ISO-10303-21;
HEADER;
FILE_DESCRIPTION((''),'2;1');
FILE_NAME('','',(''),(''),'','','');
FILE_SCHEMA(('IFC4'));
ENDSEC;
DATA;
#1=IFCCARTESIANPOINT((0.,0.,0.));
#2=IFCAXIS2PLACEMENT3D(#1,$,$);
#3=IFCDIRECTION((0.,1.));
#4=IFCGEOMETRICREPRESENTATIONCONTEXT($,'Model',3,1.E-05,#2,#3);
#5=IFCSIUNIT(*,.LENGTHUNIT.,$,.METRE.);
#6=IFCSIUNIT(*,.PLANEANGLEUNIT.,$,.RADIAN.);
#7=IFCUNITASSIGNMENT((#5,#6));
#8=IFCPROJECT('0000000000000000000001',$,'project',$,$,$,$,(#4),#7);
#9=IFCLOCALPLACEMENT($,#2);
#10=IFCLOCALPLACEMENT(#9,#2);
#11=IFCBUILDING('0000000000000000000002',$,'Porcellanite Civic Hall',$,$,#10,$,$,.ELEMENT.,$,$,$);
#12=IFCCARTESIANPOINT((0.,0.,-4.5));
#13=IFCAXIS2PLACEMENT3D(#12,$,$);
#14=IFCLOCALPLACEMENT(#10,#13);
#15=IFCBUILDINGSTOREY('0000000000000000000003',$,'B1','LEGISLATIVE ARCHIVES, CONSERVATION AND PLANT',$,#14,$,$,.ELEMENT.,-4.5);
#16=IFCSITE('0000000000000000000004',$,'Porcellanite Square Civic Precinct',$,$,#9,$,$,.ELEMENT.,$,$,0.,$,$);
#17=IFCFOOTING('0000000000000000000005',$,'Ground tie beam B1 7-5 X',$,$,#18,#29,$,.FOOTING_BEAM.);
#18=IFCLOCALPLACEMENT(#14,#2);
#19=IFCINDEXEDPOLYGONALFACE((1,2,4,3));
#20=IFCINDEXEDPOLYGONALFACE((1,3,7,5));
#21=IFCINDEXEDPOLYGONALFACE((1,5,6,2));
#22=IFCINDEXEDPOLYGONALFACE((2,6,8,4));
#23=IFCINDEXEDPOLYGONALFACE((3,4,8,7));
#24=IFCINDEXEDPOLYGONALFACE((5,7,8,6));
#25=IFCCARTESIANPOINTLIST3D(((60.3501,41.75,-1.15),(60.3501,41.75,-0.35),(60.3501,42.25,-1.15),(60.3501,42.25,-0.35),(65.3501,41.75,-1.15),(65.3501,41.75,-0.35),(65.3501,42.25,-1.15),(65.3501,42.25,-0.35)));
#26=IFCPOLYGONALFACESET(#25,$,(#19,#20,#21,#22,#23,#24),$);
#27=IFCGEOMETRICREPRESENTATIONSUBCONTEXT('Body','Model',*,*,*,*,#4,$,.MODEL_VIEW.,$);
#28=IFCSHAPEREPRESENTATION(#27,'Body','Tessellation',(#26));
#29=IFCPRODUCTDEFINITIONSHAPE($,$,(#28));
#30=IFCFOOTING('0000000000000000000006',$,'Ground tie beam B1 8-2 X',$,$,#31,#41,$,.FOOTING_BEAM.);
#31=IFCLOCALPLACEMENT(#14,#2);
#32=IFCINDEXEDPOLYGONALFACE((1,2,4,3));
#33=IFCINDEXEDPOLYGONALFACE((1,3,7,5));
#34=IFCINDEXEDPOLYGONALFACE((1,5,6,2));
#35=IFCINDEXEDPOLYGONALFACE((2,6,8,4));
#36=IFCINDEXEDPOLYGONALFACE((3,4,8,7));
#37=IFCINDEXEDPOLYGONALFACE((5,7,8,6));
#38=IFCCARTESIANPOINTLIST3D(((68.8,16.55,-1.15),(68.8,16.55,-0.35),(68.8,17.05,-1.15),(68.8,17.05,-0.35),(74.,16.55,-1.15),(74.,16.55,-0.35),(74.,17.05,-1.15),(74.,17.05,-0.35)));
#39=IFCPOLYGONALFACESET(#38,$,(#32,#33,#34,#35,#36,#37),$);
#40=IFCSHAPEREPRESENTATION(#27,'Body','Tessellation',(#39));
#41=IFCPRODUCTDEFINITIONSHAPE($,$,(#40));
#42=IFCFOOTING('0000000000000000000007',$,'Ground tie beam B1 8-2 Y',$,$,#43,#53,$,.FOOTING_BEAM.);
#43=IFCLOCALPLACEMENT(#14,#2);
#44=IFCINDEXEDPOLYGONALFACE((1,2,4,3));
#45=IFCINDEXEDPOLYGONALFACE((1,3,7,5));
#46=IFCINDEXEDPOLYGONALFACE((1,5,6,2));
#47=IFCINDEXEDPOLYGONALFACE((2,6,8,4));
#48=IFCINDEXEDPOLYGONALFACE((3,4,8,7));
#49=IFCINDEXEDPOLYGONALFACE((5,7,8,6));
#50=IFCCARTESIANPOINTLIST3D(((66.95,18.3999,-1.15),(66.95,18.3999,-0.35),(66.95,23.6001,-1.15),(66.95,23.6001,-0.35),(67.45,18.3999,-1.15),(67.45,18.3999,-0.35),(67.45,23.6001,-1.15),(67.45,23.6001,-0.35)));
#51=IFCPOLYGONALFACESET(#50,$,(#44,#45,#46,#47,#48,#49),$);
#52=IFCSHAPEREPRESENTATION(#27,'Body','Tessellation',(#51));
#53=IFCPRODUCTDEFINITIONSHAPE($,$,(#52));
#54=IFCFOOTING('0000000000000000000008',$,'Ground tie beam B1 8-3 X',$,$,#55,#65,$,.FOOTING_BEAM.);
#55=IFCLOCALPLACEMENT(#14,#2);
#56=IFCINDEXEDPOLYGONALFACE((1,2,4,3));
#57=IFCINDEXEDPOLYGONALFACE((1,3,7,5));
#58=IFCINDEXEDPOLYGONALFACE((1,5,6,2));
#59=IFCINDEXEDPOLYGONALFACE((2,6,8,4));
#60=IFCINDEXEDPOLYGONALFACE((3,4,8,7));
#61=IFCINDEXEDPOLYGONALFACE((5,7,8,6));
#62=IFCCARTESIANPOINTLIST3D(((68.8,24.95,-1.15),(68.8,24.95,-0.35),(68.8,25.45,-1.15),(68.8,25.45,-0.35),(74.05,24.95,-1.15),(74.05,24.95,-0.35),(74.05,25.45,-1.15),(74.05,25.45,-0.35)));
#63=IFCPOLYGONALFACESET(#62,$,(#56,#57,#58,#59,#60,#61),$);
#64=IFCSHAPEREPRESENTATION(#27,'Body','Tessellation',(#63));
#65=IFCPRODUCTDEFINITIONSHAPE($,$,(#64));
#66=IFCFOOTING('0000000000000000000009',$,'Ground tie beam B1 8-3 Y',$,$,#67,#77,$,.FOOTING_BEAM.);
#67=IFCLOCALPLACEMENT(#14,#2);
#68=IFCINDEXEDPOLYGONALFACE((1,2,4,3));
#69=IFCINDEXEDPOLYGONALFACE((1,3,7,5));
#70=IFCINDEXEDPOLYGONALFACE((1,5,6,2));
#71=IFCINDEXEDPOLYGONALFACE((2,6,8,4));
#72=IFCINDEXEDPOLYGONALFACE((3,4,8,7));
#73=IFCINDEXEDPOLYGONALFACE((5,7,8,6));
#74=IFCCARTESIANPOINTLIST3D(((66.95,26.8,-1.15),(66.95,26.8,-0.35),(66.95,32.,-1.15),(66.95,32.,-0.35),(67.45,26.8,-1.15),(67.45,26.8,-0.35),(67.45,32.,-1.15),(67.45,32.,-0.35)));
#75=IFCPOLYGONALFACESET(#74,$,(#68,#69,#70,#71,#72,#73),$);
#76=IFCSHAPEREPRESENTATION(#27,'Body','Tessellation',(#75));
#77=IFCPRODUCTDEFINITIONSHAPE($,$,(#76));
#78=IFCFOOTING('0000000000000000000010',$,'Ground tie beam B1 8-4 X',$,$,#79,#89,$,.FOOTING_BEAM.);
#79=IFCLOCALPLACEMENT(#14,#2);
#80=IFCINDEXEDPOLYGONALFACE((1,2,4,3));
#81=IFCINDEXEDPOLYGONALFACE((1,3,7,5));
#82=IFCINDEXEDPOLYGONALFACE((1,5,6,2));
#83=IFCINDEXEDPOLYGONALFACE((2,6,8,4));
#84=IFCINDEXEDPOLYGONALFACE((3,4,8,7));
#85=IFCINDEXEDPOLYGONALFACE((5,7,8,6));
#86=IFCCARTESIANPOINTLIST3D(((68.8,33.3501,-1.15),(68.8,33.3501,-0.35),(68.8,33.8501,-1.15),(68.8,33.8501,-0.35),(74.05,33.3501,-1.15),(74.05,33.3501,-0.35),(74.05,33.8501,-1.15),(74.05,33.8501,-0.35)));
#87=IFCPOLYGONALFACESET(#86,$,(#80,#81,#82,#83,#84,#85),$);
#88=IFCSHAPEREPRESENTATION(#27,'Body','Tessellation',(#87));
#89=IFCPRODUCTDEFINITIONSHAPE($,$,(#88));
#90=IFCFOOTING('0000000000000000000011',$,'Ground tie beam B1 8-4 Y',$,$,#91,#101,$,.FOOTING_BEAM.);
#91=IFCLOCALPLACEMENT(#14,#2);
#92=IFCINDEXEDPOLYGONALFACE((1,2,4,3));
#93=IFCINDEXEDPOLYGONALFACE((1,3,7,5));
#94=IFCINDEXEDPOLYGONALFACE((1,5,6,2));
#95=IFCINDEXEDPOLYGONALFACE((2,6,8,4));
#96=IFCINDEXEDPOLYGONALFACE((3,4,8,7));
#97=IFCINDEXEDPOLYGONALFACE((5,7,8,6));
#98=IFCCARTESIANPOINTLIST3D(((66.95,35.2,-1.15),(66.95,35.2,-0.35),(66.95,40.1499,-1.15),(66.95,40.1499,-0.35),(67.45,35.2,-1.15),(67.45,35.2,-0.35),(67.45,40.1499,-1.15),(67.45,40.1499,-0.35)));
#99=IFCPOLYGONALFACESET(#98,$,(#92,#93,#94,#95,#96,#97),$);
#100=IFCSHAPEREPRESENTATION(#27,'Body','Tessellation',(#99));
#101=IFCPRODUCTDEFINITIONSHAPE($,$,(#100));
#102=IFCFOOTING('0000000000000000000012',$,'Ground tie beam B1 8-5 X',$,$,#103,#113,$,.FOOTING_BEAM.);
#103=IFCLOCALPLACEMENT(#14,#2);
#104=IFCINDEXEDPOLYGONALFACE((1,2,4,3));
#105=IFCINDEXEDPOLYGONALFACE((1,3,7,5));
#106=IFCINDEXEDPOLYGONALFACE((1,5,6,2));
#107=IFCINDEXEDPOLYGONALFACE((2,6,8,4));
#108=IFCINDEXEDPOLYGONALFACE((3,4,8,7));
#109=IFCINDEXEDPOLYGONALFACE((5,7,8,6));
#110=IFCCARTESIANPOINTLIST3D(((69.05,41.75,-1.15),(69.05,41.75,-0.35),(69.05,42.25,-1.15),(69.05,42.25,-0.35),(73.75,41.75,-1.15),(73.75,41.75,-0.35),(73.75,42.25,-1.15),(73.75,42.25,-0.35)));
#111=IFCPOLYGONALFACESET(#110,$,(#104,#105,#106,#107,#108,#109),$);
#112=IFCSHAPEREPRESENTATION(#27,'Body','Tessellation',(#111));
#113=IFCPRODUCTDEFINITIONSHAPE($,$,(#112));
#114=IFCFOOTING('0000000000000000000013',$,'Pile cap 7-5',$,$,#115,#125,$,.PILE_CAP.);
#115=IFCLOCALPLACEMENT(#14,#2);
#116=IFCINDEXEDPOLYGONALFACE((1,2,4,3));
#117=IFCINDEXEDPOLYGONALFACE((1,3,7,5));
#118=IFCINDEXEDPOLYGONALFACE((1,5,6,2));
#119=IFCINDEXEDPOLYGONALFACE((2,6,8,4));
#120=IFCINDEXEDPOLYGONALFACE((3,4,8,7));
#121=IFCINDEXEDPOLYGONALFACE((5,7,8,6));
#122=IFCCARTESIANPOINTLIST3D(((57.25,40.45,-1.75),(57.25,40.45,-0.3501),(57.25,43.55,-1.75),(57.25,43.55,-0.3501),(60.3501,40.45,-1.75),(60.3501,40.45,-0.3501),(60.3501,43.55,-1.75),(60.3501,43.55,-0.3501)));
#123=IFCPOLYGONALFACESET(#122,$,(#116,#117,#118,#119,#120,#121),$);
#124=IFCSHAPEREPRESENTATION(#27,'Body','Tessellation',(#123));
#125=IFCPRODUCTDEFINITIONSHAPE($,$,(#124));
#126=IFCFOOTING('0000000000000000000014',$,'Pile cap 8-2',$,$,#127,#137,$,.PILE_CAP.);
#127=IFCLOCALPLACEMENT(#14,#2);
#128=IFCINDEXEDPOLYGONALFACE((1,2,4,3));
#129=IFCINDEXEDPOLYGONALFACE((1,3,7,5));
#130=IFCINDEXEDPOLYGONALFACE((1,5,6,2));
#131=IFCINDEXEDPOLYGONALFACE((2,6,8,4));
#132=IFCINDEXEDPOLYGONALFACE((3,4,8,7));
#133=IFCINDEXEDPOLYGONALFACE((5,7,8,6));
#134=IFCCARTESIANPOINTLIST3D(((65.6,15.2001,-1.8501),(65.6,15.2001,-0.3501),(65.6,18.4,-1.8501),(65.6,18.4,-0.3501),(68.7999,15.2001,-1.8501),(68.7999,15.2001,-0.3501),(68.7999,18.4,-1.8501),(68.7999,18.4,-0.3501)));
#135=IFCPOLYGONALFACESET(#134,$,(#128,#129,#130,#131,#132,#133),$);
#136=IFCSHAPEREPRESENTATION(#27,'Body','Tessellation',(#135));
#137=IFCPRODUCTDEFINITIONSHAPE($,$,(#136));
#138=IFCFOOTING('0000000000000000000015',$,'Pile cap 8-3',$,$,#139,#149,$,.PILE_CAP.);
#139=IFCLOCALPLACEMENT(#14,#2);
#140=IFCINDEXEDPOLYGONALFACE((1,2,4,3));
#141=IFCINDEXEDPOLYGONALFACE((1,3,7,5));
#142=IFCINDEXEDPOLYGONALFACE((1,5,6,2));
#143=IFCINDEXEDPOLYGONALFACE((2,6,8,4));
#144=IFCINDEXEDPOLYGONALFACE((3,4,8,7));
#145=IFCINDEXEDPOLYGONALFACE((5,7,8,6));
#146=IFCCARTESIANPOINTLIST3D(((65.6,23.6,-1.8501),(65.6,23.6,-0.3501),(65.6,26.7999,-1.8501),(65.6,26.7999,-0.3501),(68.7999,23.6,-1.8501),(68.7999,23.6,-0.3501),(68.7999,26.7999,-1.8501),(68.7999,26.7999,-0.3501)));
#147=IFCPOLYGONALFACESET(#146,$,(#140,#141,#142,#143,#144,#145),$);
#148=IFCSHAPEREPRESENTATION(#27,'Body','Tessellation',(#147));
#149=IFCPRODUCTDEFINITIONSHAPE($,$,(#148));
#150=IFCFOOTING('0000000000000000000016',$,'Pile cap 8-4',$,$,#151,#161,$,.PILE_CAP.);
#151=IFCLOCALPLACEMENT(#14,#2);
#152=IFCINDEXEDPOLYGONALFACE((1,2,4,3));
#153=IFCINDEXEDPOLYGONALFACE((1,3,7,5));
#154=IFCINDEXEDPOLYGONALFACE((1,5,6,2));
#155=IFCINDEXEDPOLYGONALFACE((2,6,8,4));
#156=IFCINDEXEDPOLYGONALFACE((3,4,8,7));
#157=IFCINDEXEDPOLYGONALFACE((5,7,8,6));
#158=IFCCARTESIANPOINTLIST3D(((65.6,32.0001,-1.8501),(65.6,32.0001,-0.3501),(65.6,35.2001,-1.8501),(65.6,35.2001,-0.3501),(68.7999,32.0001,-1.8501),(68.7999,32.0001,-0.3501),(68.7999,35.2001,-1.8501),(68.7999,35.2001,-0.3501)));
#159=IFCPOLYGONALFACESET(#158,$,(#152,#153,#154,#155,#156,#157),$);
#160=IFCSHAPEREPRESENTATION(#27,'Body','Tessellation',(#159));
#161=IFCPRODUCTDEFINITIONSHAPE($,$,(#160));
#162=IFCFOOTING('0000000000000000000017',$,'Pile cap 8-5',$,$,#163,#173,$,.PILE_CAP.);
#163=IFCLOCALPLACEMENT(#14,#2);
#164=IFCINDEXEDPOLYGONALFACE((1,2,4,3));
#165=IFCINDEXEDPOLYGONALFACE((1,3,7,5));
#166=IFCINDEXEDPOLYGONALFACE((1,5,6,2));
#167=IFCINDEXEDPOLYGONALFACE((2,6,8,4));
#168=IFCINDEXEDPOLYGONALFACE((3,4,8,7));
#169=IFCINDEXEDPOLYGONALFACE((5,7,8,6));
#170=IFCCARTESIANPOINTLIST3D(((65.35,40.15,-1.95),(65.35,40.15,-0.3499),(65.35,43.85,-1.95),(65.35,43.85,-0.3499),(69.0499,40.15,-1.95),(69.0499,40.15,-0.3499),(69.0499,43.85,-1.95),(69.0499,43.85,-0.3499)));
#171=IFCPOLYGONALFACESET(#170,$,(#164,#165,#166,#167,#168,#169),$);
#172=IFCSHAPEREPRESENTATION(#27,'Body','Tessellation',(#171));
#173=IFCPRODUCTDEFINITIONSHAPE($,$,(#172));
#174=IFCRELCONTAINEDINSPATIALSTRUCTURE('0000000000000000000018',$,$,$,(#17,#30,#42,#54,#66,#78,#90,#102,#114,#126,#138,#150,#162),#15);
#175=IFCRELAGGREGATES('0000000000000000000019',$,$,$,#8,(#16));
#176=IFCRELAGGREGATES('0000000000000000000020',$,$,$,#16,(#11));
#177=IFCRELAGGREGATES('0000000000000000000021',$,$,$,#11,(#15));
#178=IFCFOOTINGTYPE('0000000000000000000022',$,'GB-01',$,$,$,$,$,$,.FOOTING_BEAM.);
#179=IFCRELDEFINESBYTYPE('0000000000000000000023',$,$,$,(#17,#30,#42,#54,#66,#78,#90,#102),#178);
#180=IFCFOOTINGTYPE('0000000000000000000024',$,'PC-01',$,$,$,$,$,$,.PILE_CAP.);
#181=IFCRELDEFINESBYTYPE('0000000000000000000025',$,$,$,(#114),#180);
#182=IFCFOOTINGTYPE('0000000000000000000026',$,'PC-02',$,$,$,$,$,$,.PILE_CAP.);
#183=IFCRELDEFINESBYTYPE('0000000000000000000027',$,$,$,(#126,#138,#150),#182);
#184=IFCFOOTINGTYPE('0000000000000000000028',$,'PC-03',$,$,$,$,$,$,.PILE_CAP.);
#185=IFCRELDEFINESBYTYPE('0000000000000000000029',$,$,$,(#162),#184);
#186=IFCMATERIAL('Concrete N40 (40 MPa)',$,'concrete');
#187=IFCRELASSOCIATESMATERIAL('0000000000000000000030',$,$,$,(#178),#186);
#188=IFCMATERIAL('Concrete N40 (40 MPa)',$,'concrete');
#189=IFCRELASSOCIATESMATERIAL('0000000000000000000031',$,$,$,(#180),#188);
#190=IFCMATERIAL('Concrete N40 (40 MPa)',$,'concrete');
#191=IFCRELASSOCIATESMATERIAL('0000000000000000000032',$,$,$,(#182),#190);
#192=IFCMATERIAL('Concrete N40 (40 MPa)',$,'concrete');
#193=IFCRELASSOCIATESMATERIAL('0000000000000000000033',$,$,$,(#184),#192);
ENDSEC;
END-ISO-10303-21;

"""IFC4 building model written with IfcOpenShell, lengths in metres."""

from ifc_helpers import new_model, si_unit, direction, frame, origin, origin_2d, place, context, subcontext, project, spatial, rectangle, extrude, material, material_profile, profile_set, type_object, element, save


model = new_model("IFC4")

# Units and contexts
model_context = context("Model", 3, precision=1e-05, world=origin(), true_north=direction((0.0, 1.0)))
body_context = subcontext(model_context, "Body", "Model", "MODEL_VIEW")
ifc_project = project(units=[si_unit("LENGTHUNIT", "METRE"), si_unit("PLANEANGLEUNIT", "RADIAN")], contexts=[model_context])

# Site, building, storey
site_placement = place(None, origin())
site = spatial("IfcSite", under=ifc_project, at=site_placement, Name="Porcellanite Square Civic Precinct", CompositionType="ELEMENT", RefElevation=0.0)
building_placement = place(site_placement, origin())
building = spatial("IfcBuilding", under=site, at=building_placement, Name="Porcellanite Civic Hall", CompositionType="ELEMENT")
storey_placement = place(building_placement, frame((0.0, 0.0, -4.5)))
storey = spatial("IfcBuildingStorey", under=building, at=storey_placement, Name="B1", Description="LEGISLATIVE ARCHIVES, CONSERVATION AND PLANT", CompositionType="ELEMENT", Elevation=-4.5)

# Footings
ifc_material_1 = material(Name="Concrete N40 (40 MPa)", Category="concrete")
ifc_material_profile_1 = material_profile(ifc_material_1, rectangle(XDim=0.5, YDim=0.8, at=origin_2d()), Name="RC-500x800")
ifc_profile_set_1 = profile_set([ifc_material_profile_1], Name="Concrete N40 (40 MPa)")
footing_type_1 = type_object("IfcFootingType", Name="GB-01", PredefinedType="FOOTING_BEAM", material=ifc_profile_set_1)
footing_1_placement = place(storey_placement, frame((60.3501, 42.0, -0.75), z_axis=(1.0, 0.0, 0.0), x_axis=(0.0, 1.0, 0.0)))
element("IfcFooting", 1, at=footing_1_placement, inside=storey, type_object=footing_type_1, Name="Ground tie beam B1 7-5 X", PredefinedType="FOOTING_BEAM", context=body_context, shape_type="SweptSolid", body=[
    extrude(rectangle(XDim=0.5, YDim=0.8, at=origin_2d()), origin(), (0.0, 0.0, 1.0), 5.0),
])
footing_2_placement = place(storey_placement, frame((68.8, 16.8, -0.75), z_axis=(1.0, 0.0, 0.0), x_axis=(0.0, 1.0, 0.0)))
element("IfcFooting", 2, at=footing_2_placement, inside=storey, type_object=footing_type_1, Name="Ground tie beam B1 8-2 X", PredefinedType="FOOTING_BEAM", context=body_context, shape_type="SweptSolid", body=[
    extrude(rectangle(XDim=0.5, YDim=0.8, at=origin_2d()), origin(), (0.0, 0.0, 1.0), 5.2),
])
footing_3_placement = place(storey_placement, frame((67.2, 18.3999, -0.75), z_axis=(0.0, 1.0, 0.0), x_axis=(-1.0, 0.0, 0.0)))
element("IfcFooting", 3, at=footing_3_placement, inside=storey, type_object=footing_type_1, Name="Ground tie beam B1 8-2 Y", PredefinedType="FOOTING_BEAM", context=body_context, shape_type="SweptSolid", body=[
    extrude(rectangle(XDim=0.5, YDim=0.8, at=origin_2d()), origin(), (0.0, 0.0, 1.0), 5.2002),
])
footing_4_placement = place(storey_placement, frame((68.8, 25.2, -0.75), z_axis=(1.0, 0.0, 0.0), x_axis=(0.0, 1.0, 0.0)))
element("IfcFooting", 4, at=footing_4_placement, inside=storey, type_object=footing_type_1, Name="Ground tie beam B1 8-3 X", PredefinedType="FOOTING_BEAM", context=body_context, shape_type="SweptSolid", body=[
    extrude(rectangle(XDim=0.5, YDim=0.8, at=origin_2d()), origin(), (0.0, 0.0, 1.0), 5.25),
])
footing_5_placement = place(storey_placement, frame((67.2, 26.8, -0.75), z_axis=(0.0, 1.0, 0.0), x_axis=(-1.0, 0.0, 0.0)))
element("IfcFooting", 5, at=footing_5_placement, inside=storey, type_object=footing_type_1, Name="Ground tie beam B1 8-3 Y", PredefinedType="FOOTING_BEAM", context=body_context, shape_type="SweptSolid", body=[
    extrude(rectangle(XDim=0.5, YDim=0.8, at=origin_2d()), origin(), (0.0, 0.0, 1.0), 5.2),
])
footing_6_placement = place(storey_placement, frame((68.8, 33.6001, -0.75), z_axis=(1.0, 0.0, 0.0), x_axis=(0.0, 1.0, 0.0)))
element("IfcFooting", 6, at=footing_6_placement, inside=storey, type_object=footing_type_1, Name="Ground tie beam B1 8-4 X", PredefinedType="FOOTING_BEAM", context=body_context, shape_type="SweptSolid", body=[
    extrude(rectangle(XDim=0.5, YDim=0.8, at=origin_2d()), origin(), (0.0, 0.0, 1.0), 5.25),
])
footing_7_placement = place(storey_placement, frame((67.2, 35.2, -0.75), z_axis=(0.0, 1.0, 0.0), x_axis=(-1.0, 0.0, 0.0)))
element("IfcFooting", 7, at=footing_7_placement, inside=storey, type_object=footing_type_1, Name="Ground tie beam B1 8-4 Y", PredefinedType="FOOTING_BEAM", context=body_context, shape_type="SweptSolid", body=[
    extrude(rectangle(XDim=0.5, YDim=0.8, at=origin_2d()), origin(), (0.0, 0.0, 1.0), 4.95),
])
footing_8_placement = place(storey_placement, frame((69.05, 42.0, -0.75), z_axis=(1.0, 0.0, 0.0), x_axis=(0.0, 1.0, 0.0)))
element("IfcFooting", 8, at=footing_8_placement, inside=storey, type_object=footing_type_1, Name="Ground tie beam B1 8-5 X", PredefinedType="FOOTING_BEAM", context=body_context, shape_type="SweptSolid", body=[
    extrude(rectangle(XDim=0.5, YDim=0.8, at=origin_2d()), origin(), (0.0, 0.0, 1.0), 4.7),
])
ifc_material_2 = material(Name="Concrete N40 (40 MPa)", Category="concrete")
footing_type_2 = type_object("IfcFootingType", Name="PC-01", PredefinedType="PILE_CAP", material=ifc_material_2)
footing_9_placement = place(storey_placement, frame((58.8, 42.0, -1.75), z_axis=(0.0, 0.0, 1.0), x_axis=(1.0, 0.0, 0.0)))
element("IfcFooting", 9, at=footing_9_placement, inside=storey, type_object=footing_type_2, Name="Pile cap 7-5", PredefinedType="PILE_CAP", context=body_context, shape_type="SweptSolid", body=[
    extrude(rectangle(XDim=3.1001, YDim=3.1001, at=origin_2d()), origin(), (0.0, 0.0, 1.0), 1.3999),
])
ifc_material_3 = material(Name="Concrete N40 (40 MPa)", Category="concrete")
footing_type_3 = type_object("IfcFootingType", Name="PC-02", PredefinedType="PILE_CAP", material=ifc_material_3)
for number, where, z_axis, x_axis, name in (
    (10, (67.2, 16.8, -1.8501), (0.0, 0.0, 1.0), (1.0, 0.0, 0.0), "Pile cap 8-2"),
    (11, (67.2, 25.2, -1.8501), (0.0, 0.0, 1.0), (1.0, 0.0, 0.0), "Pile cap 8-3"),
    (12, (67.2, 33.6001, -1.8501), (0.0, 0.0, 1.0), (1.0, 0.0, 0.0), "Pile cap 8-4"),
):
    element("IfcFooting", number, at=place(storey_placement, frame(where, z_axis=z_axis, x_axis=x_axis)), inside=storey, type_object=footing_type_3, Name=name, PredefinedType="PILE_CAP", context=body_context, shape_type="SweptSolid", body=[
        extrude(rectangle(XDim=3.2, YDim=3.2, at=origin_2d()), origin(), (0.0, 0.0, 1.0), 1.5),
    ])
ifc_material_4 = material(Name="Concrete N40 (40 MPa)", Category="concrete")
footing_type_4 = type_object("IfcFootingType", Name="PC-03", PredefinedType="PILE_CAP", material=ifc_material_4)
footing_10_placement = place(storey_placement, frame((67.2, 42.0, -1.95), z_axis=(0.0, 0.0, 1.0), x_axis=(1.0, 0.0, 0.0)))
element("IfcFooting", 13, at=footing_10_placement, inside=storey, type_object=footing_type_4, Name="Pile cap 8-5", PredefinedType="PILE_CAP", context=body_context, shape_type="SweptSolid", body=[
    extrude(rectangle(XDim=3.7, YDim=3.7, at=origin_2d()), origin(), (0.0, 0.0, 1.0), 1.6001),
])

save(model, "model.ifc")
